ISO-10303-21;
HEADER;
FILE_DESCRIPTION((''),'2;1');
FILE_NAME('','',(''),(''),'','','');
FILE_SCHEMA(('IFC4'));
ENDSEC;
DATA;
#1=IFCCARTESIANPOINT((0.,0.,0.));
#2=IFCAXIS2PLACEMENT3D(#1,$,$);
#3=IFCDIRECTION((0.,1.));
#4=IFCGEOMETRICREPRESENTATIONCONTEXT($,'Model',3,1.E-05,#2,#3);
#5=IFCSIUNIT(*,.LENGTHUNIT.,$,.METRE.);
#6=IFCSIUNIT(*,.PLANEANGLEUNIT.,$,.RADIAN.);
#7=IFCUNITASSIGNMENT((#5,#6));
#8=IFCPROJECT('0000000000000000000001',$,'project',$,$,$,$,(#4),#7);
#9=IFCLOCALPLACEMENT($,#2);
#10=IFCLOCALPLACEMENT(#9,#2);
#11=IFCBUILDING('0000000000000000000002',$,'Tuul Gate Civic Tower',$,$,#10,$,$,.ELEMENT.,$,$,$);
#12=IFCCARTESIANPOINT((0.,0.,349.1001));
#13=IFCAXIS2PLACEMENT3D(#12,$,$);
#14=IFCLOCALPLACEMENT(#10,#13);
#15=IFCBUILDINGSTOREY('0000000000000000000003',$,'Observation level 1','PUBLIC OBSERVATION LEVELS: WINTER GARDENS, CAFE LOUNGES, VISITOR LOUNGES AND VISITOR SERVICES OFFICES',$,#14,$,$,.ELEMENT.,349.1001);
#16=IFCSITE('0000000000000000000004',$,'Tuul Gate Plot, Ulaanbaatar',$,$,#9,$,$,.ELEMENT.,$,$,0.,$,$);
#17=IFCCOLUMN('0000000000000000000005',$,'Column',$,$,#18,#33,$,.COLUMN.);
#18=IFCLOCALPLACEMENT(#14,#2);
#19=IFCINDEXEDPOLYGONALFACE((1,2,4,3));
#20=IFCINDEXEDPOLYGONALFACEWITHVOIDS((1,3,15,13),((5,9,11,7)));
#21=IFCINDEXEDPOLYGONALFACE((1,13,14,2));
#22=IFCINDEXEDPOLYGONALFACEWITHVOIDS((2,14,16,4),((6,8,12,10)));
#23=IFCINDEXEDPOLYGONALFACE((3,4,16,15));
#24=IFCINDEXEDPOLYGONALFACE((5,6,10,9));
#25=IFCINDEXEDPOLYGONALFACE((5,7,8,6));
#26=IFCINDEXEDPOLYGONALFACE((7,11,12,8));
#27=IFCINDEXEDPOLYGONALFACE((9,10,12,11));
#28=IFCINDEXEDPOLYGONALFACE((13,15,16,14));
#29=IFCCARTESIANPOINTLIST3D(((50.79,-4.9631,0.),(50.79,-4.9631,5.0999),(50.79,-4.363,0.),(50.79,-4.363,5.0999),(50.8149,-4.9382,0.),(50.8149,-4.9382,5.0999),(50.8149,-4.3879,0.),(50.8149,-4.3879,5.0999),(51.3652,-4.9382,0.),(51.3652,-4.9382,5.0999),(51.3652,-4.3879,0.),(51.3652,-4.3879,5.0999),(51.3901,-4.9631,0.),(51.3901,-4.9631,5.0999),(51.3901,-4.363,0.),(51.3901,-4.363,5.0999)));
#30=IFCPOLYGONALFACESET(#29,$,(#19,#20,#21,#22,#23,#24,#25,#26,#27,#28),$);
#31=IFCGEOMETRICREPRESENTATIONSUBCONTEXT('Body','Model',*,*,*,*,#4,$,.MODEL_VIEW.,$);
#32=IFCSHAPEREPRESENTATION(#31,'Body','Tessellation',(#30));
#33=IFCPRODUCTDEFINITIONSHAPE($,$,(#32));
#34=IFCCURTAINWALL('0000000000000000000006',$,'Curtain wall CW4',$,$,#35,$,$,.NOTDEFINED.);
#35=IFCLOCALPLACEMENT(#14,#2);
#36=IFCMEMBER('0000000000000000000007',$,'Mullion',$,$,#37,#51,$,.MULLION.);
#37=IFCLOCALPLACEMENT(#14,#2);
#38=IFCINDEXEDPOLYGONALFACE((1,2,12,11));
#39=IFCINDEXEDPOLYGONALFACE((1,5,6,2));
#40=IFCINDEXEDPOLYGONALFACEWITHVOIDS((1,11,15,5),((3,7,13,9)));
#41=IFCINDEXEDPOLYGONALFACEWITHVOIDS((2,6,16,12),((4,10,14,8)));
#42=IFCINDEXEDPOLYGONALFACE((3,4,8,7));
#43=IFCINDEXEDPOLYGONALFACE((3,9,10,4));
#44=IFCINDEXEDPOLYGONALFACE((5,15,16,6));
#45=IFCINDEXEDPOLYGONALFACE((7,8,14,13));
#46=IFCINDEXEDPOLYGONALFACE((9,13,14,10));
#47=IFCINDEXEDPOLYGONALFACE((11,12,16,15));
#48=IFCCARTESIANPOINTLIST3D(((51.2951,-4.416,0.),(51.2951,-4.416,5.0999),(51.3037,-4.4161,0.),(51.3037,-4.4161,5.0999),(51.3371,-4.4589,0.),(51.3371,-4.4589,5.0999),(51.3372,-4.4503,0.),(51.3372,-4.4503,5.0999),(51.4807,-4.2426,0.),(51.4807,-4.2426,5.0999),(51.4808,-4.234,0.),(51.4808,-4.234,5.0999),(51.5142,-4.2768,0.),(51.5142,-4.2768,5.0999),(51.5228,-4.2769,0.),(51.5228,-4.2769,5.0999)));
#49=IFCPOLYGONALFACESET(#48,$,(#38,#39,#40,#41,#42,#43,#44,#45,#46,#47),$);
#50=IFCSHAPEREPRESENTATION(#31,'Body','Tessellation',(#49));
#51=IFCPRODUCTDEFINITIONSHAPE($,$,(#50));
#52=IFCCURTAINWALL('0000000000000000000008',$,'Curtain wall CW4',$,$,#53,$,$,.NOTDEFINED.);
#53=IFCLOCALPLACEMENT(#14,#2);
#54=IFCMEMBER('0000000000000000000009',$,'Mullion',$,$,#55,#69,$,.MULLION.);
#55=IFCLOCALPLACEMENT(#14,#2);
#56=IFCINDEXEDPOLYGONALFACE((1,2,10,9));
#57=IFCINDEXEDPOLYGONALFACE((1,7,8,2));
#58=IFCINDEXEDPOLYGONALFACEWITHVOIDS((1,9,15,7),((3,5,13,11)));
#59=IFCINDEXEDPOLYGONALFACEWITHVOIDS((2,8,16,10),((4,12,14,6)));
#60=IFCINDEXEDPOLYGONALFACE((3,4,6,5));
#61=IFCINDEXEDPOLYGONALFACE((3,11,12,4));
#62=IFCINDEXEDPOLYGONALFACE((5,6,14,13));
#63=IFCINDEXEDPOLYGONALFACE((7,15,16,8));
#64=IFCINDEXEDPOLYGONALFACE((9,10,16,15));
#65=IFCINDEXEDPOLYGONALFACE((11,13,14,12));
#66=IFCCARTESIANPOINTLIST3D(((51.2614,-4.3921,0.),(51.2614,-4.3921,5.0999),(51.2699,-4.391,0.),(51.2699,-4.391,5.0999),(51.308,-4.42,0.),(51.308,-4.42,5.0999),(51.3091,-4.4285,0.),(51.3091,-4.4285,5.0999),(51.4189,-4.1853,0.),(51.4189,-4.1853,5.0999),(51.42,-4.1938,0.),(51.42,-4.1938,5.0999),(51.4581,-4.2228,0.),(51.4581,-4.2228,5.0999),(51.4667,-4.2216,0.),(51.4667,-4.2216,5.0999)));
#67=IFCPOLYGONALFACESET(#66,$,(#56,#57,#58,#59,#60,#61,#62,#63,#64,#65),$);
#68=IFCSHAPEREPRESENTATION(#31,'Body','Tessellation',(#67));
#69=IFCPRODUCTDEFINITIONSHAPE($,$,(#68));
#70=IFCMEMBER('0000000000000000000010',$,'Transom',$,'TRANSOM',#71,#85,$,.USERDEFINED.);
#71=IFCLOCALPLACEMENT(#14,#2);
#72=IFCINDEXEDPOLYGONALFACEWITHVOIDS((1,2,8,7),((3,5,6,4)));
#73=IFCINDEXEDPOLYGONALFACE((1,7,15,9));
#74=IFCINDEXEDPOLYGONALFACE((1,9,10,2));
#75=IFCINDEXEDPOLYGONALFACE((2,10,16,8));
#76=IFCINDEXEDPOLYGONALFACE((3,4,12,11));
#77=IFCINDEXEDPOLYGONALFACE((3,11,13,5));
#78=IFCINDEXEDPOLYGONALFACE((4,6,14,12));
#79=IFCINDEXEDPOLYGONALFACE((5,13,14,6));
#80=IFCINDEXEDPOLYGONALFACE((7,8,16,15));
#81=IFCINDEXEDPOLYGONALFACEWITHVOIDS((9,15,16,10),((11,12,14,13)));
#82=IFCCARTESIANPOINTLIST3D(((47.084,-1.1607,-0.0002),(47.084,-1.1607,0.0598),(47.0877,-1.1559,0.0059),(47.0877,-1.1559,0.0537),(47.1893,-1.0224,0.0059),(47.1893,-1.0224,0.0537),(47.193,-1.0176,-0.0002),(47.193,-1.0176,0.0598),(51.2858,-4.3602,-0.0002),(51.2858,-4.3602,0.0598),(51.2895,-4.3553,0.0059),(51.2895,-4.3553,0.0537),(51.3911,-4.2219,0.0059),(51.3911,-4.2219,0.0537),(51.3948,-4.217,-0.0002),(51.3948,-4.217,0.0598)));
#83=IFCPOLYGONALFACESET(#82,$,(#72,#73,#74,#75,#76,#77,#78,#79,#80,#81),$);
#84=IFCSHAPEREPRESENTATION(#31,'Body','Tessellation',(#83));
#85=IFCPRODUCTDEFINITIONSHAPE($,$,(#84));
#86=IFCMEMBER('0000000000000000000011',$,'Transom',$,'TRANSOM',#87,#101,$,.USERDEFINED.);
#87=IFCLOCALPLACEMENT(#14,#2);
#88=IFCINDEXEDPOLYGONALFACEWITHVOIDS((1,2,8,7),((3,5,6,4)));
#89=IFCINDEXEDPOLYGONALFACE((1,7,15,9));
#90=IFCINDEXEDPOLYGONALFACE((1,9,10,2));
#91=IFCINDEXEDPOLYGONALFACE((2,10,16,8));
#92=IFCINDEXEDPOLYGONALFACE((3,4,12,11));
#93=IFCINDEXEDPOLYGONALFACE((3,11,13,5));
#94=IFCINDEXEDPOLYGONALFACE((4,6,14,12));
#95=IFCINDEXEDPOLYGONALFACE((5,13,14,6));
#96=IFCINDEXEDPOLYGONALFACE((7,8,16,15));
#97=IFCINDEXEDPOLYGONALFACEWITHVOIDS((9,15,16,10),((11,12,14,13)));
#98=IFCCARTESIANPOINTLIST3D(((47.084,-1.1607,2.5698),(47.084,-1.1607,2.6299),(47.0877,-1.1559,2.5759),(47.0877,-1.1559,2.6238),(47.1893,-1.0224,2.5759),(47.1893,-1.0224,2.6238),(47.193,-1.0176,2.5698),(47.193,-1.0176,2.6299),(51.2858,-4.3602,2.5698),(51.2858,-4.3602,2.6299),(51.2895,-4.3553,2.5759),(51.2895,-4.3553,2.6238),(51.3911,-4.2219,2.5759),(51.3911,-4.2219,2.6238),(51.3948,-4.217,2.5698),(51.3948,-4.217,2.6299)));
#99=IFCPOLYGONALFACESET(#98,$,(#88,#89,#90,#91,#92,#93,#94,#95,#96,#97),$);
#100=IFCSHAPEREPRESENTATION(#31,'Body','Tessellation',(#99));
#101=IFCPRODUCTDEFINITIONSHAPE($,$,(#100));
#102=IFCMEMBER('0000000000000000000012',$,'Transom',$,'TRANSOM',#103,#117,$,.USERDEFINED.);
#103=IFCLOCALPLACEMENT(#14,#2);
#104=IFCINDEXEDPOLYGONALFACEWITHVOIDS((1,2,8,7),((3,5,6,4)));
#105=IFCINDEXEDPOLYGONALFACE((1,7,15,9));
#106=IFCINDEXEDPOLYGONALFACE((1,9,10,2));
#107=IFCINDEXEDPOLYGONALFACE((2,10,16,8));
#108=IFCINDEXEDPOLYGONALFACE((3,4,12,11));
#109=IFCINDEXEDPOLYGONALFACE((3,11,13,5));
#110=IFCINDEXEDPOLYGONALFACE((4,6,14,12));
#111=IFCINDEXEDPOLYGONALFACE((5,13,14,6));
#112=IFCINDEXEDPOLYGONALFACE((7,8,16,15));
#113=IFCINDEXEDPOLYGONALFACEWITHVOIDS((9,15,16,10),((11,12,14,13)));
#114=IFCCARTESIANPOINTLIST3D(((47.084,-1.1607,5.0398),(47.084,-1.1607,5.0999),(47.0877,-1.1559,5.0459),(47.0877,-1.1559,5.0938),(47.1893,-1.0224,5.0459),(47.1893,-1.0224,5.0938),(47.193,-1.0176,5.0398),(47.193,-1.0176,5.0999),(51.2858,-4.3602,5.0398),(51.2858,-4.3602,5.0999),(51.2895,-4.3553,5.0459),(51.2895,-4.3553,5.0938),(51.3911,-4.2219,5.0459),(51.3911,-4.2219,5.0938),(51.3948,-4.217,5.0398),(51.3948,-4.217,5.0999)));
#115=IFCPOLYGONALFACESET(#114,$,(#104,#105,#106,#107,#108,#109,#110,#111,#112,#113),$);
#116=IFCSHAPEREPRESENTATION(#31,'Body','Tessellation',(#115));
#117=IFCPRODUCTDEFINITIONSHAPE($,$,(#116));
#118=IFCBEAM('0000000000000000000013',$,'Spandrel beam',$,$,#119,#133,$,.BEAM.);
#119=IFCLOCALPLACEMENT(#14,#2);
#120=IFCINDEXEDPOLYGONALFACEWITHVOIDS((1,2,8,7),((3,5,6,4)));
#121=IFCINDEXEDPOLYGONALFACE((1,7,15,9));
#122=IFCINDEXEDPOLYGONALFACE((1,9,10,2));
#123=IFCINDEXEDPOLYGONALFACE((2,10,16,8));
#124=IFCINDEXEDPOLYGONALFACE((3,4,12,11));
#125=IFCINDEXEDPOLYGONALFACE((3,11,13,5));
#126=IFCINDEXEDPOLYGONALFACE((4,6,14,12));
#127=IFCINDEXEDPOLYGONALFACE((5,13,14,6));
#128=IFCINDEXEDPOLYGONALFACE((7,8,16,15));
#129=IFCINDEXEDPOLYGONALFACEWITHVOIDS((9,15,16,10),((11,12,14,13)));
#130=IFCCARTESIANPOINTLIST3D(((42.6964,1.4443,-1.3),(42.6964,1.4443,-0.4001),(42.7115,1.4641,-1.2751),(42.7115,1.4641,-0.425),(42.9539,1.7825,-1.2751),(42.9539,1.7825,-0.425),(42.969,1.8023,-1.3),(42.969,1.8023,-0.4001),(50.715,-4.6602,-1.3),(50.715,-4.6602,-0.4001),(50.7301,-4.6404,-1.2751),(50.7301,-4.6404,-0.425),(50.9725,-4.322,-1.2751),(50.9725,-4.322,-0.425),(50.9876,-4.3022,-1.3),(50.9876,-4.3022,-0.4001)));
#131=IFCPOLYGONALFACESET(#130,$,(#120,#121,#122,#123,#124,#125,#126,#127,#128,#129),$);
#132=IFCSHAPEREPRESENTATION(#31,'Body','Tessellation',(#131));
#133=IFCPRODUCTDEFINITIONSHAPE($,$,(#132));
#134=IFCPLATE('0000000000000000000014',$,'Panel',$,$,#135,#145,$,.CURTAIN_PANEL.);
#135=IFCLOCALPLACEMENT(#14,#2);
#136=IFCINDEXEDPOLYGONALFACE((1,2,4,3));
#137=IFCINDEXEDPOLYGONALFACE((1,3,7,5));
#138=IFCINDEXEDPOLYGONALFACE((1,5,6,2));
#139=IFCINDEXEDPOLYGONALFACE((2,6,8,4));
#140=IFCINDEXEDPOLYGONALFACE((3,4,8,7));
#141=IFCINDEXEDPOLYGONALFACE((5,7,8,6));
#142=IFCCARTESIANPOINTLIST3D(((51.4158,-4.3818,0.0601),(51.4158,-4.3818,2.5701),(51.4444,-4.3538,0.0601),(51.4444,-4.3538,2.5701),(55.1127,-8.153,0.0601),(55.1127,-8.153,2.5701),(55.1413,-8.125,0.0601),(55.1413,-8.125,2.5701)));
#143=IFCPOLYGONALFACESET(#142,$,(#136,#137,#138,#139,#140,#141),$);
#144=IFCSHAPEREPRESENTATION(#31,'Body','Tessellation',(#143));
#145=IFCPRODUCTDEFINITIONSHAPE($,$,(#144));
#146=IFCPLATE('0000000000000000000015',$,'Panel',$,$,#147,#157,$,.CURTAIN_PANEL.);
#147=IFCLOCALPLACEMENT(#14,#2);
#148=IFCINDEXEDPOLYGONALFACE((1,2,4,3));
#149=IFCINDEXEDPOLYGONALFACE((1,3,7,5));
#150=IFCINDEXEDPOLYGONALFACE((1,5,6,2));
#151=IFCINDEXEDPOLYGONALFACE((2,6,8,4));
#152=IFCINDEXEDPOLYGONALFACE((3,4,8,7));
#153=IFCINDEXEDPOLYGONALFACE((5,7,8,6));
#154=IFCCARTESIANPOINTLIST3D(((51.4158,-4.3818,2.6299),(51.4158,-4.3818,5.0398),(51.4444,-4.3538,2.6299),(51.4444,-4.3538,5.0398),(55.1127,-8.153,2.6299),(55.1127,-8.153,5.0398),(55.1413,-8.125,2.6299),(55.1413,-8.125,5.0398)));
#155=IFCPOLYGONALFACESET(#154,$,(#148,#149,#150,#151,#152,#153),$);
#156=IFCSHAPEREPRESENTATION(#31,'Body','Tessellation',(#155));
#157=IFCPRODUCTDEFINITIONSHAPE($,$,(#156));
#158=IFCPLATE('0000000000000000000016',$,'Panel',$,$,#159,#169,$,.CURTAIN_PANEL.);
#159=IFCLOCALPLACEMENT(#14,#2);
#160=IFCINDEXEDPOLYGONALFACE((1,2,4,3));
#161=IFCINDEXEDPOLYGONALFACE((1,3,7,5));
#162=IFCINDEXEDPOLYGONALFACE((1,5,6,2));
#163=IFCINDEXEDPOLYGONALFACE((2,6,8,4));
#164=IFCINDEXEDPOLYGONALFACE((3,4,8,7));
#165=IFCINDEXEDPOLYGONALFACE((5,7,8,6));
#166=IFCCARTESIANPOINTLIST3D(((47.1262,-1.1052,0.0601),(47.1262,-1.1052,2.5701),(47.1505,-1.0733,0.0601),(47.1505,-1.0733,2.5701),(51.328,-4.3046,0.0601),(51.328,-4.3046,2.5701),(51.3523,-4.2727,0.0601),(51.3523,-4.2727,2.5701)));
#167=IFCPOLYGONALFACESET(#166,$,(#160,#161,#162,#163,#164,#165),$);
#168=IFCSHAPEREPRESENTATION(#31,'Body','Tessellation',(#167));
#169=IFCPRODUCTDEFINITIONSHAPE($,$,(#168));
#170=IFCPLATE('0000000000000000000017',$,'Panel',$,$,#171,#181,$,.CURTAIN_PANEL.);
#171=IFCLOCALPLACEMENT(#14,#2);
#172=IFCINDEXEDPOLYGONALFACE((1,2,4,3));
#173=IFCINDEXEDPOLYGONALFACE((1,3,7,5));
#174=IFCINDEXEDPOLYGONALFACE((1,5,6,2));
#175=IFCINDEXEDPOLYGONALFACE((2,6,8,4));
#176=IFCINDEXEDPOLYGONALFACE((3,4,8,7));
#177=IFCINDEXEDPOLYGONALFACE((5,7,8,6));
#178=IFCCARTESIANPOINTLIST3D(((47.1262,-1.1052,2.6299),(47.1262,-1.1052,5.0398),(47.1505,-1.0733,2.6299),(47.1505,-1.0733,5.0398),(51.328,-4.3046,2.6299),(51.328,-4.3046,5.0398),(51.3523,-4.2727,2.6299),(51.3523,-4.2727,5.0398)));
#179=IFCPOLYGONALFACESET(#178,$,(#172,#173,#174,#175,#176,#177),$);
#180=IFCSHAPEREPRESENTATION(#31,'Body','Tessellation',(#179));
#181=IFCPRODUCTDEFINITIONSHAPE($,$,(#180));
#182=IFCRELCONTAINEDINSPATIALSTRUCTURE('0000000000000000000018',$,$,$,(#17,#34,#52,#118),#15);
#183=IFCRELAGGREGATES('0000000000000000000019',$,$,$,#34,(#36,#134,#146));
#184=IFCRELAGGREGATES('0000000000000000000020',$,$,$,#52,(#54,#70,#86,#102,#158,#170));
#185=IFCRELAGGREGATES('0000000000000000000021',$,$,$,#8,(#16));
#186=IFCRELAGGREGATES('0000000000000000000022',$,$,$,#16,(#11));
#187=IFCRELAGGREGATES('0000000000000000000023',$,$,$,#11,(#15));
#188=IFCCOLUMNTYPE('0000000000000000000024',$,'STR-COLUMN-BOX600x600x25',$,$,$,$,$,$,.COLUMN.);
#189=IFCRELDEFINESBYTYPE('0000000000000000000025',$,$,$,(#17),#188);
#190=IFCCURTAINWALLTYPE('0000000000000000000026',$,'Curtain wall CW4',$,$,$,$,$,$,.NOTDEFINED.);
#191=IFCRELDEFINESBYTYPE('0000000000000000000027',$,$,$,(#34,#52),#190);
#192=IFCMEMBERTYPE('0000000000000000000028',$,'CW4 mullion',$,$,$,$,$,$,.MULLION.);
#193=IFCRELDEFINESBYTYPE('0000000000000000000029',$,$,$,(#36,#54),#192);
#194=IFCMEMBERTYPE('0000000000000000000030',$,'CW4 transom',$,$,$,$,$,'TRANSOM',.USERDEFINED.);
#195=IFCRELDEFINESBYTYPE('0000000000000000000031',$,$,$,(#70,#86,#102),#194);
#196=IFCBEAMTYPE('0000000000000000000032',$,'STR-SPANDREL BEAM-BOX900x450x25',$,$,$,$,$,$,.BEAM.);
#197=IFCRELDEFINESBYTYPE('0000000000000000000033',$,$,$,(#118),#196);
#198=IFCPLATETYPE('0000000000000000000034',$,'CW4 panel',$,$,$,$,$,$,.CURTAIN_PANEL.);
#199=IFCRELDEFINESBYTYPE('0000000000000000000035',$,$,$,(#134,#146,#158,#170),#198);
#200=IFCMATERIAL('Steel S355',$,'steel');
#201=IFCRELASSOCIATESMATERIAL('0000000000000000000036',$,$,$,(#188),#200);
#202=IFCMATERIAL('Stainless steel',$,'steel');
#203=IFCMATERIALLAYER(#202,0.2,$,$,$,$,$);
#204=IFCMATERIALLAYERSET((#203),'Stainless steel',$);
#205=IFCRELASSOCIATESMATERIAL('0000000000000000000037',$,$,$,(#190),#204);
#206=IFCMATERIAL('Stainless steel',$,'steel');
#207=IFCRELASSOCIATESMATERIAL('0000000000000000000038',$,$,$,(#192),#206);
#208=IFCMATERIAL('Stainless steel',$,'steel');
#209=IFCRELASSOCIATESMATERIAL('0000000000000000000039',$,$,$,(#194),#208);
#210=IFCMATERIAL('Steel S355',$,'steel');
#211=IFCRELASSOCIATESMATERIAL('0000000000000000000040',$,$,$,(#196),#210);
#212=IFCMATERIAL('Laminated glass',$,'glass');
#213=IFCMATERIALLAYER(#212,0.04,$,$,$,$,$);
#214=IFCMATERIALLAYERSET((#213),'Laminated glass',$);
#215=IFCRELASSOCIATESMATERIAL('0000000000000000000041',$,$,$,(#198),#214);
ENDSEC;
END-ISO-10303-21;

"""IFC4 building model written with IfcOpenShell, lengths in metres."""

from ifc_helpers import new_model, si_unit, direction, frame, origin, origin_2d, place, context, subcontext, project, spatial, rectangle, hollow_rectangle, extrude, material, layer, layer_set, material_profile, profile_set, type_object, element, aggregate, save


model = new_model("IFC4")

# Units and contexts
model_context = context("Model", 3, precision=1e-05, world=origin(), true_north=direction((0.0, 1.0)))
body_context = subcontext(model_context, "Body", "Model", "MODEL_VIEW")
ifc_project = project(units=[si_unit("LENGTHUNIT", "METRE"), si_unit("PLANEANGLEUNIT", "RADIAN")], contexts=[model_context])

# Site, building, storey
site_placement = place(None, origin())
site = spatial("IfcSite", under=ifc_project, at=site_placement, Name="Tuul Gate Plot, Ulaanbaatar", CompositionType="ELEMENT", RefElevation=0.0)
building_placement = place(site_placement, origin())
building = spatial("IfcBuilding", under=site, at=building_placement, Name="Tuul Gate Civic Tower", CompositionType="ELEMENT")
storey_placement = place(building_placement, frame((0.0, 0.0, 349.1001)))
storey = spatial("IfcBuildingStorey", under=building, at=storey_placement, Name="Observation level 1", Description="PUBLIC OBSERVATION LEVELS: WINTER GARDENS, CAFE LOUNGES, VISITOR LOUNGES AND VISITOR SERVICES OFFICES", CompositionType="ELEMENT", Elevation=349.1001)

# Column
ifc_material_1 = material(Name="Steel S355", Category="steel")
ifc_material_profile_1 = material_profile(ifc_material_1, hollow_rectangle(XDim=0.6001, YDim=0.6001, WallThickness=0.0249, at=origin_2d()), Name="BOX600x600x25")
ifc_profile_set_1 = profile_set([ifc_material_profile_1], Name="Steel S355")
column_type = type_object("IfcColumnType", Name="STR-COLUMN-BOX600x600x25", PredefinedType="COLUMN", material=ifc_profile_set_1)
column_placement = place(storey_placement, frame((51.0901, -4.6631, 0.0), z_axis=(0.0, 0.0, 1.0), x_axis=(1.0, 0.0, 0.0)))
element("IfcColumn", 1, at=column_placement, inside=storey, type_object=column_type, Name="Column", PredefinedType="COLUMN", context=body_context, shape_type="SweptSolid", body=[
    extrude(hollow_rectangle(XDim=0.6001, YDim=0.6001, WallThickness=0.0249, at=origin_2d()), origin(), (0.0, 0.0, 1.0), 5.0999),
])

# Curtain wall, member
ifc_material_2 = material(Name="Stainless steel", Category="steel")
ifc_layer_1 = layer(ifc_material_2, 0.2)
ifc_layer_set_1 = layer_set([ifc_layer_1], Name="Stainless steel")
curtain_wall_type = type_object("IfcCurtainWallType", Name="Curtain wall CW4", PredefinedType="NOTDEFINED", material=ifc_layer_set_1)
curtain_wall_1_placement = place(storey_placement, origin())
curtain_wall_1 = element("IfcCurtainWall", 2, at=curtain_wall_1_placement, inside=storey, type_object=curtain_wall_type, Name="Curtain wall CW4", PredefinedType="NOTDEFINED")
ifc_material_3 = material(Name="Stainless steel", Category="steel")
ifc_material_profile_2 = material_profile(ifc_material_3, hollow_rectangle(XDim=0.26, YDim=0.0601, WallThickness=0.0061, at=origin_2d()), Name="CW4 mullion")
ifc_profile_set_2 = profile_set([ifc_material_profile_2], Name="Stainless steel")
member_type_1 = type_object("IfcMemberType", Name="CW4 mullion", PredefinedType="MULLION", material=ifc_profile_set_2)
member_1_placement = place(storey_placement, frame((51.4089, -4.3464, 0.0), z_axis=(0.0, 0.0, 1.0), x_axis=(-0.7141, -0.700043, 0.0)))
member_1 = element("IfcMember", 3, at=member_1_placement, type_object=member_type_1, Name="Mullion", PredefinedType="MULLION", context=body_context, shape_type="SweptSolid", body=[
    extrude(hollow_rectangle(XDim=0.26, YDim=0.0601, WallThickness=0.0061, at=origin_2d()), origin(), (0.0, 0.0, 1.0), 5.0999),
])

# Curtain wall, members
curtain_wall_2_placement = place(storey_placement, origin())
curtain_wall_2 = element("IfcCurtainWall", 4, at=curtain_wall_2_placement, inside=storey, type_object=curtain_wall_type, Name="Curtain wall CW4", PredefinedType="NOTDEFINED")
member_2_placement = place(storey_placement, frame((51.364, -4.3069, 0.0), z_axis=(0.0, 0.0, 1.0), x_axis=(-0.605808, -0.795611, 0.0)))
member_2 = element("IfcMember", 5, at=member_2_placement, type_object=member_type_1, Name="Mullion", PredefinedType="MULLION", context=body_context, shape_type="SweptSolid", body=[
    extrude(hollow_rectangle(XDim=0.26, YDim=0.0601, WallThickness=0.0061, at=origin_2d()), origin(), (0.0, 0.0, 1.0), 5.0999),
])
ifc_material_4 = material(Name="Stainless steel", Category="steel")
ifc_material_profile_3 = material_profile(ifc_material_4, hollow_rectangle(XDim=0.1799, YDim=0.0601, WallThickness=0.0061, at=origin_2d()), Name="CW4 transom")
ifc_profile_set_3 = profile_set([ifc_material_profile_3], Name="Stainless steel")
member_type_2 = type_object("IfcMemberType", Name="CW4 transom", ElementType="TRANSOM", PredefinedType="USERDEFINED", material=ifc_profile_set_3)
member_3_placement = place(storey_placement, frame((51.3403, -4.2886, 0.0298), z_axis=(-0.795613, 0.605805, 0.0), x_axis=(-0.605805, -0.795613, 0.0)))
member_3 = element("IfcMember", 6, at=member_3_placement, type_object=member_type_2, Name="Transom", ObjectType="TRANSOM", PredefinedType="USERDEFINED", context=body_context, shape_type="SweptSolid", body=[
    extrude(hollow_rectangle(XDim=0.1799, YDim=0.0601, WallThickness=0.0061, at=origin_2d()), origin(), (0.0, 0.0, 1.0), 5.2812),
])
member_4_placement = place(storey_placement, frame((51.3403, -4.2886, 2.5999), z_axis=(-0.795613, 0.605805, 0.0), x_axis=(-0.605805, -0.795613, 0.0)))
member_4 = element("IfcMember", 7, at=member_4_placement, type_object=member_type_2, Name="Transom", ObjectType="TRANSOM", PredefinedType="USERDEFINED", context=body_context, shape_type="SweptSolid", body=[
    extrude(hollow_rectangle(XDim=0.1799, YDim=0.0601, WallThickness=0.0061, at=origin_2d()), origin(), (0.0, 0.0, 1.0), 5.2812),
])
member_5_placement = place(storey_placement, frame((51.3403, -4.2886, 5.0698), z_axis=(-0.795613, 0.605805, 0.0), x_axis=(-0.605805, -0.795613, 0.0)))
member_5 = element("IfcMember", 8, at=member_5_placement, type_object=member_type_2, Name="Transom", ObjectType="TRANSOM", PredefinedType="USERDEFINED", context=body_context, shape_type="SweptSolid", body=[
    extrude(hollow_rectangle(XDim=0.1799, YDim=0.0601, WallThickness=0.0061, at=origin_2d()), origin(), (0.0, 0.0, 1.0), 5.2812),
])

# Beam
ifc_material_5 = material(Name="Steel S355", Category="steel")
ifc_material_profile_4 = material_profile(ifc_material_5, hollow_rectangle(XDim=0.45, YDim=0.8999, WallThickness=0.0249, at=origin_2d()), Name="BOX900x450x25")
ifc_profile_set_4 = profile_set([ifc_material_profile_4], Name="Steel S355")
beam_type = type_object("IfcBeamType", Name="STR-SPANDREL BEAM-BOX900x450x25", PredefinedType="BEAM", material=ifc_profile_set_4)
beam_placement = place(storey_placement, frame((50.8513, -4.4812, -0.8501), z_axis=(-0.795665, 0.605737, 0.0), x_axis=(-0.605737, -0.795665, 0.0)))
element("IfcBeam", 9, at=beam_placement, inside=storey, type_object=beam_type, Name="Spandrel beam", PredefinedType="BEAM", context=body_context, shape_type="SweptSolid", body=[
    extrude(hollow_rectangle(XDim=0.45, YDim=0.8999, WallThickness=0.0249, at=origin_2d()), origin(), (0.0, 0.0, 1.0), 10.0779),
])

# Plates
ifc_material_6 = material(Name="Laminated glass", Category="glass")
ifc_layer_2 = layer(ifc_material_6, 0.04)
ifc_layer_set_2 = layer_set([ifc_layer_2], Name="Laminated glass")
plate_type = type_object("IfcPlateType", Name="CW4 panel", PredefinedType="CURTAIN_PANEL", material=ifc_layer_set_2)
plate_1_placement = place(storey_placement, frame((53.2786, -6.2534, 0.0601), z_axis=(0.0, 0.0, 1.0), x_axis=(-0.700043, 0.7141, 0.0)))
plate_1 = element("IfcPlate", 10, at=plate_1_placement, type_object=plate_type, Name="Panel", PredefinedType="CURTAIN_PANEL", context=body_context, shape_type="SweptSolid", body=[
    extrude(rectangle(XDim=5.281, YDim=0.04, at=origin_2d()), origin(), (0.0, 0.0, 1.0), 2.51),
])
plate_2_placement = place(storey_placement, frame((53.2786, -6.2534, 2.6299), z_axis=(0.0, 0.0, 1.0), x_axis=(-0.700043, 0.7141, 0.0)))
plate_2 = element("IfcPlate", 11, at=plate_2_placement, type_object=plate_type, Name="Panel", PredefinedType="CURTAIN_PANEL", context=body_context, shape_type="SweptSolid", body=[
    extrude(rectangle(XDim=5.281, YDim=0.04, at=origin_2d()), origin(), (0.0, 0.0, 1.0), 2.4099),
])
aggregate(curtain_wall_1, [member_1, plate_1, plate_2])
plate_3_placement = place(storey_placement, frame((49.2393, -2.689, 0.0601), z_axis=(0.0, 0.0, 1.0), x_axis=(-0.795611, 0.605808, 0.0)))
plate_3 = element("IfcPlate", 12, at=plate_3_placement, type_object=plate_type, Name="Panel", PredefinedType="CURTAIN_PANEL", context=body_context, shape_type="SweptSolid", body=[
    extrude(rectangle(XDim=5.2812, YDim=0.04, at=origin_2d()), origin(), (0.0, 0.0, 1.0), 2.51),
])
plate_4_placement = place(storey_placement, frame((49.2393, -2.689, 2.6299), z_axis=(0.0, 0.0, 1.0), x_axis=(-0.795611, 0.605808, 0.0)))
plate_4 = element("IfcPlate", 13, at=plate_4_placement, type_object=plate_type, Name="Panel", PredefinedType="CURTAIN_PANEL", context=body_context, shape_type="SweptSolid", body=[
    extrude(rectangle(XDim=5.2812, YDim=0.04, at=origin_2d()), origin(), (0.0, 0.0, 1.0), 2.4099),
])
aggregate(curtain_wall_2, [member_2, member_3, member_4, member_5, plate_3, plate_4])

save(model, "model.ifc")
